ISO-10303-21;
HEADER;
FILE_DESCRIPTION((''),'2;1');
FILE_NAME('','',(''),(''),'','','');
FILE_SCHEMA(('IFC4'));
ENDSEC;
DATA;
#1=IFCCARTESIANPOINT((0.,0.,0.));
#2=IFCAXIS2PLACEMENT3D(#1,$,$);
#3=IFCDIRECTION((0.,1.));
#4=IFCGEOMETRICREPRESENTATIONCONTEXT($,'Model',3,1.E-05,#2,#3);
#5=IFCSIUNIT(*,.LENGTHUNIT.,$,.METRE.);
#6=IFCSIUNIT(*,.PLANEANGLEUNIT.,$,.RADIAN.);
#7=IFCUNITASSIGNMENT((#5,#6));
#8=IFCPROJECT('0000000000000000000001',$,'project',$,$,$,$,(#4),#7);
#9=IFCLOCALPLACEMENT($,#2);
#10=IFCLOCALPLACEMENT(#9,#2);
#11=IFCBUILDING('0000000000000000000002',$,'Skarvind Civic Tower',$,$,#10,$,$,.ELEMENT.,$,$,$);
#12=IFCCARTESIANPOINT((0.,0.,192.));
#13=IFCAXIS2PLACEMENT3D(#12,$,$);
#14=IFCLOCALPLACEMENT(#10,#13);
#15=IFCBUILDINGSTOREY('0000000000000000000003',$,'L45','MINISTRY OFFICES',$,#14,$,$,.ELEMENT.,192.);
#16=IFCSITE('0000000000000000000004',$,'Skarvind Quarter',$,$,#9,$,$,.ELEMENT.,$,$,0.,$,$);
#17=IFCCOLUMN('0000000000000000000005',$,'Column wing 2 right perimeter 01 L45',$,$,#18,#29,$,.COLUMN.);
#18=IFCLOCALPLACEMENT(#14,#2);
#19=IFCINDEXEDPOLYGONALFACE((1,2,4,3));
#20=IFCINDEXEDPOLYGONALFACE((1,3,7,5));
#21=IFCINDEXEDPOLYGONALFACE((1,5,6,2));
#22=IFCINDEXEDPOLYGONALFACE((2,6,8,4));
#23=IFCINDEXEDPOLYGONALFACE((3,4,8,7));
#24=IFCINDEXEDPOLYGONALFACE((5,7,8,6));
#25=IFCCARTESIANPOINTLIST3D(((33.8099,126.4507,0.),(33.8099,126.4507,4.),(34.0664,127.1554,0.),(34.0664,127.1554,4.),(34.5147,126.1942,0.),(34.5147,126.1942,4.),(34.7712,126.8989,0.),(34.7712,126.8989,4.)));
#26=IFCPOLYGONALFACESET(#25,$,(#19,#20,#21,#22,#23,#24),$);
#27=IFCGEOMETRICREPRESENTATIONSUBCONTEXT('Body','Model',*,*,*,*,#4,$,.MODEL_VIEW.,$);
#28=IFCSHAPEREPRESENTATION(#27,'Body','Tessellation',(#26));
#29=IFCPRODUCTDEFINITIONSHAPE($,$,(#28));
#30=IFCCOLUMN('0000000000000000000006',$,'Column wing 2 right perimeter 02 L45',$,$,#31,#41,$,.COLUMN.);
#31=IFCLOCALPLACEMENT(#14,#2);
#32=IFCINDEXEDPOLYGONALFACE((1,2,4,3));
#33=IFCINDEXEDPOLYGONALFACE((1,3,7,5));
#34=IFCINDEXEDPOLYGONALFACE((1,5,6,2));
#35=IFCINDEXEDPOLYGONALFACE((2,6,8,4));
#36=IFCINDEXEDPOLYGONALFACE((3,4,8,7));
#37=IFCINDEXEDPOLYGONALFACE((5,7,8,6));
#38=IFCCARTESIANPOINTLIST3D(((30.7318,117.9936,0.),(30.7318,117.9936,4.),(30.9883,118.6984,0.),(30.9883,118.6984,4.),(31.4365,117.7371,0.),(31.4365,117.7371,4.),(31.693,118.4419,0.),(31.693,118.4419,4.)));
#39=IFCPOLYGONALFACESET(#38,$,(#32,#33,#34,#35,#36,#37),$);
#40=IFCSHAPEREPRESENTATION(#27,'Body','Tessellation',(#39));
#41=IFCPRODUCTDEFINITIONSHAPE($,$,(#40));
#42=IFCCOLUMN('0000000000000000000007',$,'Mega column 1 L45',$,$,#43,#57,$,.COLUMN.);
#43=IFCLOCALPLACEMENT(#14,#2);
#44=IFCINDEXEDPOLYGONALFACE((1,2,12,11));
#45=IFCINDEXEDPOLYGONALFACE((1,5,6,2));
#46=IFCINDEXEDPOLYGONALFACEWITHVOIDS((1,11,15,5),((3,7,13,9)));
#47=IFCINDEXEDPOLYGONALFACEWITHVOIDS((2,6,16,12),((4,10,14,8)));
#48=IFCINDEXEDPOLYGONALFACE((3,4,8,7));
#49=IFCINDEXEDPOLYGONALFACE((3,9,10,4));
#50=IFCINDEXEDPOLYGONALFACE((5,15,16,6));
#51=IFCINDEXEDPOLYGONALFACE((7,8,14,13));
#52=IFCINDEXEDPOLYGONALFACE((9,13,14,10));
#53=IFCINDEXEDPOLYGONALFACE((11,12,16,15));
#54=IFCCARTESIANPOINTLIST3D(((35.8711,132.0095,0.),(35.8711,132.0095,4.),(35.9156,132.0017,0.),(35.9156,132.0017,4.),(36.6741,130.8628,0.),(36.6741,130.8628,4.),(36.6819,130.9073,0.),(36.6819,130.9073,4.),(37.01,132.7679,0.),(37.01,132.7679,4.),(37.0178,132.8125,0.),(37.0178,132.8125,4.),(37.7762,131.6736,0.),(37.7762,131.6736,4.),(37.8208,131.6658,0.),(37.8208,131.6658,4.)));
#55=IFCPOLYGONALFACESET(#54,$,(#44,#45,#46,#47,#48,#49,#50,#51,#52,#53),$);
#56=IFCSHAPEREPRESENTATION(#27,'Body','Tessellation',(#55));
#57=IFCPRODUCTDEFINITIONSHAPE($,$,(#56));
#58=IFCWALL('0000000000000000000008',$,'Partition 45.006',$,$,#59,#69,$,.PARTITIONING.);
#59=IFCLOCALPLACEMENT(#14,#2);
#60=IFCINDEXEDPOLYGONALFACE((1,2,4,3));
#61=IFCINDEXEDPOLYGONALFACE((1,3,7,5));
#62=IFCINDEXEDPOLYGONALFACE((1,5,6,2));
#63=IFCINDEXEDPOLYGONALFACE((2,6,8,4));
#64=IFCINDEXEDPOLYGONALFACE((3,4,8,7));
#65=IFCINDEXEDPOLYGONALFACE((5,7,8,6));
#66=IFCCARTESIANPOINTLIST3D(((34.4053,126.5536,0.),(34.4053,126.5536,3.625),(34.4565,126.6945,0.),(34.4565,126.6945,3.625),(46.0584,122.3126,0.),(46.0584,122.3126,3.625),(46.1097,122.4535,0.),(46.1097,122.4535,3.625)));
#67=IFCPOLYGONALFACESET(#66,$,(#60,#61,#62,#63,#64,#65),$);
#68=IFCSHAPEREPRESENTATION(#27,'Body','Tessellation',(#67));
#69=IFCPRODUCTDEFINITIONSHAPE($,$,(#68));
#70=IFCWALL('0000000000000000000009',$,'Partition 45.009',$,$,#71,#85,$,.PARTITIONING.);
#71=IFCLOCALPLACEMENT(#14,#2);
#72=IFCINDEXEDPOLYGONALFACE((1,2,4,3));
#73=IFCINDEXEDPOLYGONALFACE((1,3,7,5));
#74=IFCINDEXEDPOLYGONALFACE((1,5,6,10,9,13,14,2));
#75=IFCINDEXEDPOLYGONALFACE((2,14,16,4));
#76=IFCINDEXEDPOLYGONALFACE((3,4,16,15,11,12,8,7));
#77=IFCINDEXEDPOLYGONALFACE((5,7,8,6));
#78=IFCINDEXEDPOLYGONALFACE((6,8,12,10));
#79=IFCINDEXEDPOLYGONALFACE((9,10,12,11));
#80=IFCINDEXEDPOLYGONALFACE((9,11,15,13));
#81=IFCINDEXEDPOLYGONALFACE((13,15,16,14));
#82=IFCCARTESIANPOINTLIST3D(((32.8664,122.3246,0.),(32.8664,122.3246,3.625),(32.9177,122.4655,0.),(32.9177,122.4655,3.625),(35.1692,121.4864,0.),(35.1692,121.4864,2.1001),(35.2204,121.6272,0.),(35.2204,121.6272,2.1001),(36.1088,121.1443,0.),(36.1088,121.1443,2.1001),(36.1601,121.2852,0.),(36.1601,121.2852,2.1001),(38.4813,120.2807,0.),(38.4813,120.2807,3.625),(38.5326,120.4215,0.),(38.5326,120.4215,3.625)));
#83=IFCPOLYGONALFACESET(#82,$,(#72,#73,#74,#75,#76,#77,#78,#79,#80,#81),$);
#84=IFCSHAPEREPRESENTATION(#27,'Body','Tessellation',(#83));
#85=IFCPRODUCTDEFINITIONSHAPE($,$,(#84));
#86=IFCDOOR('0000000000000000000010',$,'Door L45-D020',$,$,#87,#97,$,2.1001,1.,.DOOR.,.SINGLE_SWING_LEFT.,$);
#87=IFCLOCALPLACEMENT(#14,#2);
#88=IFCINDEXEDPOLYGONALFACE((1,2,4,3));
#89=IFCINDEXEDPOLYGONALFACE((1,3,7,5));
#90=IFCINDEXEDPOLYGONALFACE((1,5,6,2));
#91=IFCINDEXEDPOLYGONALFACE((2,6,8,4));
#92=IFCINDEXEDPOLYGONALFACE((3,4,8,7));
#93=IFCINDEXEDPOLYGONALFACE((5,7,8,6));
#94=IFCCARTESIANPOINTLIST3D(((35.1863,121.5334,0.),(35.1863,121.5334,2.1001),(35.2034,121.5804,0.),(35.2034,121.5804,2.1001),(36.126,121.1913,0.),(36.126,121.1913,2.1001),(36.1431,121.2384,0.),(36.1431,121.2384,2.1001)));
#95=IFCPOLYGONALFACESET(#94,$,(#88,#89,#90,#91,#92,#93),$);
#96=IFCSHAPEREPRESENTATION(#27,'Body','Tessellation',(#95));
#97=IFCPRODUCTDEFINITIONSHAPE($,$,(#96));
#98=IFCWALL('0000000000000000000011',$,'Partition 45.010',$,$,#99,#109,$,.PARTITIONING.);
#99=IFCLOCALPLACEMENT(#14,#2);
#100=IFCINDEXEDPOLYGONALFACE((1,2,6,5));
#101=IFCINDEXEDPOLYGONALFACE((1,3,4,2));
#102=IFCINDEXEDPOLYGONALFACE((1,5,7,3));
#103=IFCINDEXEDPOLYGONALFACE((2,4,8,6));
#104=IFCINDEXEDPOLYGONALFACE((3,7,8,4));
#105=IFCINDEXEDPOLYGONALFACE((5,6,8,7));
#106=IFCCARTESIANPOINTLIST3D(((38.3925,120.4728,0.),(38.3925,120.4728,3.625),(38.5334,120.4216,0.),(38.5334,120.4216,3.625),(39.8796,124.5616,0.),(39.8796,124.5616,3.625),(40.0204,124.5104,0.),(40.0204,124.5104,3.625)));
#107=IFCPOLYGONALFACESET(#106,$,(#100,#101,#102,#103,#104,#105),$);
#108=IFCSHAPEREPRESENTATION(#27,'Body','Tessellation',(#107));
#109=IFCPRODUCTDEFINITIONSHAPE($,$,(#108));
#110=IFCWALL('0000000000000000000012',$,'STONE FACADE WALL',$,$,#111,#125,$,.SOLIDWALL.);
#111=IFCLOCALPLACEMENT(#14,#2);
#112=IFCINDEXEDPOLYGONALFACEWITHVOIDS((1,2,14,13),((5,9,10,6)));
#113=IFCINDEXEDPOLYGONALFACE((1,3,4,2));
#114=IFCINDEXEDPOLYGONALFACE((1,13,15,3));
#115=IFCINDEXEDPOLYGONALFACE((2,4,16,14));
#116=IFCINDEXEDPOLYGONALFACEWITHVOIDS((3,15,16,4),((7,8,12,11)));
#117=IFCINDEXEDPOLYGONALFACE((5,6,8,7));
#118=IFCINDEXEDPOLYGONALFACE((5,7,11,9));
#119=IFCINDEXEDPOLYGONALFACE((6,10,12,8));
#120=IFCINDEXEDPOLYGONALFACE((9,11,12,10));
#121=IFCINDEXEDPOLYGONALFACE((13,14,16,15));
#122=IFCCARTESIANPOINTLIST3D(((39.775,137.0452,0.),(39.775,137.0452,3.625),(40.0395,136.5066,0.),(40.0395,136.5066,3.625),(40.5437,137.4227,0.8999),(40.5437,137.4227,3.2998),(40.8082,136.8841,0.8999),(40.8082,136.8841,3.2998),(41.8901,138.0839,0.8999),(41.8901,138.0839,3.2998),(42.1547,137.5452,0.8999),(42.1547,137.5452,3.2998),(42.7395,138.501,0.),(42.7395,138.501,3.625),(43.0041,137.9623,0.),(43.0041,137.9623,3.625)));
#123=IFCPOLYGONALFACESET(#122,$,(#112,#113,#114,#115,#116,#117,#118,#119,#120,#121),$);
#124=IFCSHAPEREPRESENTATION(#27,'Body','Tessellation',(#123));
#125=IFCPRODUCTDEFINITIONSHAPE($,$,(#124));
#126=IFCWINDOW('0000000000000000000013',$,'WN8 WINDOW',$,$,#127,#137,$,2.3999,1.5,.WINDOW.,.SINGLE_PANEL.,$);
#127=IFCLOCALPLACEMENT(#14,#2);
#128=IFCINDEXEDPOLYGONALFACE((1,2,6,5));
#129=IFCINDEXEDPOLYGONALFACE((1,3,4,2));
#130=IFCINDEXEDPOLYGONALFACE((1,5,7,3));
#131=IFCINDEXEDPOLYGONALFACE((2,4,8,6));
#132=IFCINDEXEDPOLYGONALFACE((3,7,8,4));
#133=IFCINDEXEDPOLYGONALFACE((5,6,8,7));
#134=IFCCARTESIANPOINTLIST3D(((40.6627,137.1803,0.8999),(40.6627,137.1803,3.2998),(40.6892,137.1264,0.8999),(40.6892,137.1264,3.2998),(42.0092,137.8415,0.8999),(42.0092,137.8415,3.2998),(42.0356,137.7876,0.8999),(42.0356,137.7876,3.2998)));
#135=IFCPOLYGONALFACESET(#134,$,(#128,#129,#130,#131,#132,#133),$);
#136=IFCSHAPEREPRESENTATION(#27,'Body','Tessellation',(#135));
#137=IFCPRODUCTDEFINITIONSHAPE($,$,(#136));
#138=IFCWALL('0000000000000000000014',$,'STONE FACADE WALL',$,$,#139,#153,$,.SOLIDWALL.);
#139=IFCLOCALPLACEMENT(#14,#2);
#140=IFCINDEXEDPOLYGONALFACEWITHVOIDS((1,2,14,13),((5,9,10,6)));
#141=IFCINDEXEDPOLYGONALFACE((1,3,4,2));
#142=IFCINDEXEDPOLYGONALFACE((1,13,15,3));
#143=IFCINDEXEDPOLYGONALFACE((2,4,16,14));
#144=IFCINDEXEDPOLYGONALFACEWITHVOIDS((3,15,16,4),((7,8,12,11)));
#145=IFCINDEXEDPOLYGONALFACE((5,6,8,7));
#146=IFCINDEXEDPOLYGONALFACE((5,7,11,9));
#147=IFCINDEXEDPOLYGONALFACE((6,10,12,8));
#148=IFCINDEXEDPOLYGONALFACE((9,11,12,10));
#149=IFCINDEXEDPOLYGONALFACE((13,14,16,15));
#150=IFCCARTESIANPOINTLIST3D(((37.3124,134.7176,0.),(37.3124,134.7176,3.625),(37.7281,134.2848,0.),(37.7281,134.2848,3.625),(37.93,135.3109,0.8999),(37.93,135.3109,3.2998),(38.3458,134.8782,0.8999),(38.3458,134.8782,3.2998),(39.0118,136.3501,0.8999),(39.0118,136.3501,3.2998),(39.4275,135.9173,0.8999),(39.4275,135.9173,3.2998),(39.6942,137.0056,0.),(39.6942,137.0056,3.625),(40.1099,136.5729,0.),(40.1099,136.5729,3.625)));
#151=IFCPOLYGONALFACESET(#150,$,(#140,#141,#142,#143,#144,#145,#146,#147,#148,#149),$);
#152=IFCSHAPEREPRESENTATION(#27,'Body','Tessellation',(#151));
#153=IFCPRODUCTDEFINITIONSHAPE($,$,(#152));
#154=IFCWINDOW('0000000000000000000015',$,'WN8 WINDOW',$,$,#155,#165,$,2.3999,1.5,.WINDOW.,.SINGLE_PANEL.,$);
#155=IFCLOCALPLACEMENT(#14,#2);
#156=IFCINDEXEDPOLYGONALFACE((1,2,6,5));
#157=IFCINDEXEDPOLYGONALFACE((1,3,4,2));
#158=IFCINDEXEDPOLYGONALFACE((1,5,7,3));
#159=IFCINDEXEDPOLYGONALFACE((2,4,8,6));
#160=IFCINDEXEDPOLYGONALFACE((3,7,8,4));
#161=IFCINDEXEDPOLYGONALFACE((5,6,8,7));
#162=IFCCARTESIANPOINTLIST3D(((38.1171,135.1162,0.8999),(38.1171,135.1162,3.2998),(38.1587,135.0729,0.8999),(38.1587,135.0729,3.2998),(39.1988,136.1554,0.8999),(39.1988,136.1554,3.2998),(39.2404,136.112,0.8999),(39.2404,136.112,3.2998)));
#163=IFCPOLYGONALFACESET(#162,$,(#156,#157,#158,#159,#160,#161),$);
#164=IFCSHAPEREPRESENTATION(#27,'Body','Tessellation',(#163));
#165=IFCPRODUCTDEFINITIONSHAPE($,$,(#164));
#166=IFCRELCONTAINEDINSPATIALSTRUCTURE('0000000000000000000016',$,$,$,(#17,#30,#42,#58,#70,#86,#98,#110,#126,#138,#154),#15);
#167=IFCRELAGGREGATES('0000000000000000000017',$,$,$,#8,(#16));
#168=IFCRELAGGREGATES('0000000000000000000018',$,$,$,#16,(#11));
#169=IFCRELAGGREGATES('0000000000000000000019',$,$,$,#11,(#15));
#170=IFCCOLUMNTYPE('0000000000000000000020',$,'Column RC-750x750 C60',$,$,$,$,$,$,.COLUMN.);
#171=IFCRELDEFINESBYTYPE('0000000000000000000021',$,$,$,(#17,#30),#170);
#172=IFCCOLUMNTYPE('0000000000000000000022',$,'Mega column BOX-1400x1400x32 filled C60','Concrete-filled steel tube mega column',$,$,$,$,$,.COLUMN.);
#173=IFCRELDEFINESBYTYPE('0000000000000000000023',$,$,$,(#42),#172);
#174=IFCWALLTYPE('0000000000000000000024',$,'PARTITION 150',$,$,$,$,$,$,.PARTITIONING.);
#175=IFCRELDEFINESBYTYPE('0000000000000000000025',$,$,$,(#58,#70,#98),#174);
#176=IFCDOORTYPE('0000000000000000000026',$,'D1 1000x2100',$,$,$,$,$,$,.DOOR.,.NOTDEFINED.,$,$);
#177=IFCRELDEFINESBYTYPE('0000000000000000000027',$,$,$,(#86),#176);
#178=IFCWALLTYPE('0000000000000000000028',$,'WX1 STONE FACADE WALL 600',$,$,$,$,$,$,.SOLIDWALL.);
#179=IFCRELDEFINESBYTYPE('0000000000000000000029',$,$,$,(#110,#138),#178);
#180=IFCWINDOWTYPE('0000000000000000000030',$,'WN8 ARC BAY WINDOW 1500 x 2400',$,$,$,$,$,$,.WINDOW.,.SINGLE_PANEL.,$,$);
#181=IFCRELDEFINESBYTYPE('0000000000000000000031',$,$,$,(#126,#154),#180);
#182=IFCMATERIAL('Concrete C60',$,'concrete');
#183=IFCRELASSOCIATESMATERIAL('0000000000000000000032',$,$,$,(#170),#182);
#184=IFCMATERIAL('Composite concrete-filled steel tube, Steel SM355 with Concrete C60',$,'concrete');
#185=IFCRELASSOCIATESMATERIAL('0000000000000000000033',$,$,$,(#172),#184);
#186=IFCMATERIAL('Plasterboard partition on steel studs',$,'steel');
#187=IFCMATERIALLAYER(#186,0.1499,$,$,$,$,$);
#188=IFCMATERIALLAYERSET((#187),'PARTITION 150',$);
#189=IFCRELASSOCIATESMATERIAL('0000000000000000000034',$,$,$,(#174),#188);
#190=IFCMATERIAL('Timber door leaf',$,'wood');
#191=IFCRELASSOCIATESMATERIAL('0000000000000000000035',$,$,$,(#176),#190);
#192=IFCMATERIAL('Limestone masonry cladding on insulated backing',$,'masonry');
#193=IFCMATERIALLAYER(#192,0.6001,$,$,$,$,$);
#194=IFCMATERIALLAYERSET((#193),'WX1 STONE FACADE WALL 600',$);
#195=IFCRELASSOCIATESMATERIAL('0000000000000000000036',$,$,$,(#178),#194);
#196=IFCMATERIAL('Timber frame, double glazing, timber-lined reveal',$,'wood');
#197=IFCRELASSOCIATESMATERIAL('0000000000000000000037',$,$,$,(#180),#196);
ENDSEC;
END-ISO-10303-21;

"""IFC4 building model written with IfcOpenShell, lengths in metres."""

from ifc_helpers import new_model, si_unit, direction, frame, frame_2d, origin, origin_2d, place, context, subcontext, project, spatial, rectangle, hollow_rectangle, extrude, material, layer, layer_set, material_profile, profile_set, type_object, element, fill, save


model = new_model("IFC4")

# Units and contexts
model_context = context("Model", 3, precision=1e-05, world=origin(), true_north=direction((0.0, 1.0)))
body_context = subcontext(model_context, "Body", "Model", "MODEL_VIEW")
ifc_project = project(units=[si_unit("LENGTHUNIT", "METRE"), si_unit("PLANEANGLEUNIT", "RADIAN")], contexts=[model_context])

# Site, building, storey
site_placement = place(None, origin())
site = spatial("IfcSite", under=ifc_project, at=site_placement, Name="Skarvind Quarter", CompositionType="ELEMENT", RefElevation=0.0)
building_placement = place(site_placement, origin())
building = spatial("IfcBuilding", under=site, at=building_placement, Name="Skarvind Civic Tower", CompositionType="ELEMENT")
storey_placement = place(building_placement, frame((0.0, 0.0, 192.0)))
storey = spatial("IfcBuildingStorey", under=building, at=storey_placement, Name="L45", Description="MINISTRY OFFICES", CompositionType="ELEMENT", Elevation=192.0)

# Columns
ifc_material_1 = material(Name="Concrete C60", Category="concrete")
ifc_material_profile_1 = material_profile(ifc_material_1, rectangle(XDim=0.75, YDim=0.75, at=origin_2d()), Name="RC-750x750")
ifc_profile_set_1 = profile_set([ifc_material_profile_1], Name="Concrete C60")
column_type_1 = type_object("IfcColumnType", Name="Column RC-750x750 C60", PredefinedType="COLUMN", material=ifc_profile_set_1)
for number, where, z_axis, x_axis, name in (
    (1, (34.2905, 126.6748, 0.0), (0.0, 0.0, 1.0), (-0.34202, -0.939693, 0.0), "Column wing 2 right perimeter 01 L45"),
    (2, (31.2124, 118.2178, 0.0), (0.0, 0.0, 1.0), (-0.34202, -0.939693, 0.0), "Column wing 2 right perimeter 02 L45"),
):
    element("IfcColumn", number, at=place(storey_placement, frame(where, z_axis=z_axis, x_axis=x_axis)), inside=storey, type_object=column_type_1, Name=name, PredefinedType="COLUMN", context=body_context, shape_type="SweptSolid", body=[
        extrude(rectangle(XDim=0.75, YDim=0.75, at=origin_2d()), origin(), (0.0, 0.0, 1.0), 4.0),
    ])
ifc_material_2 = material(Name="Composite concrete-filled steel tube, Steel SM355 with Concrete C60", Category="concrete")
ifc_material_profile_2 = material_profile(ifc_material_2, hollow_rectangle(XDim=1.3999, YDim=1.3999, WallThickness=0.032, at=origin_2d()), Name="BOX-1400x1400x32")
ifc_profile_set_2 = profile_set([ifc_material_profile_2], Name="Composite concrete-filled steel tube, Steel SM355 with Concrete C60")
column_type_2 = type_object("IfcColumnType", Name="Mega column BOX-1400x1400x32 filled C60", Description="Concrete-filled steel tube mega column", PredefinedType="COLUMN", material=ifc_profile_set_2)
column_placement = place(storey_placement, frame((36.8459, 131.8376, 0.0), z_axis=(0.0, 0.0, 1.0), x_axis=(0.573576, -0.819152, 0.0)))
element("IfcColumn", 3, at=column_placement, inside=storey, type_object=column_type_2, Name="Mega column 1 L45", PredefinedType="COLUMN", context=body_context, shape_type="SweptSolid", body=[
    extrude(hollow_rectangle(XDim=1.3999, YDim=1.3999, WallThickness=0.032, at=origin_2d()), origin(), (0.0, 0.0, 1.0), 4.0),
])

# Wall
ifc_material_3 = material(Name="Plasterboard partition on steel studs", Category="steel")
ifc_layer_1 = layer(ifc_material_3, 0.1499)
ifc_layer_set_1 = layer_set([ifc_layer_1], Name="PARTITION 150")
wall_type_1 = type_object("IfcWallType", Name="PARTITION 150", PredefinedType="PARTITIONING", material=ifc_layer_set_1)
wall_1_placement = place(storey_placement, frame((34.4309, 126.624, 0.0), z_axis=(0.0, 0.0, 1.0), x_axis=(0.939703, -0.341991, 0.0)))
element("IfcWall", 4, at=wall_1_placement, inside=storey, type_object=wall_type_1, Name="Partition 45.006", PredefinedType="PARTITIONING", context=body_context, shape_type="SweptSolid", body=[
    extrude(rectangle(XDim=12.4009, YDim=0.1499, at=frame_2d((6.2004, 0.0))), origin(), (0.0, 0.0, 1.0), 3.625),
])

# Wall, opening, door
wall_2_placement = place(storey_placement, frame((38.5071, 120.3511, 0.0), z_axis=(0.0, 0.0, 1.0), x_axis=(-0.939679, 0.342058, 0.0)))
wall_2 = element("IfcWall", 5, at=wall_2_placement, inside=storey, type_object=wall_type_1, Name="Partition 45.009", PredefinedType="PARTITIONING", context=body_context, shape_type="SweptSolid", body=[
    extrude(rectangle(XDim=5.9753, YDim=0.1499, at=frame_2d((2.9878, 0.0))), origin(), (0.0, 0.0, 1.0), 3.625),
])
opening_1_placement = place(wall_2_placement, frame((2.5249, 0.0, 0.0)))
opening_1 = element("IfcOpeningElement", 6, at=opening_1_placement, cuts=wall_2, PredefinedType="OPENING", context=body_context, shape_type="SweptSolid", body=[
    extrude(rectangle(XDim=1.0, YDim=2.1001, at=frame_2d((0.5, 1.05))), frame((0.0, 0.085, 0.0), z_axis=(0.0, -1.0, 0.0), x_axis=(1.0, 0.0, 0.0)), (0.0, 0.0, 1.0), 0.1699),
])
ifc_material_4 = material(Name="Timber door leaf", Category="wood")
door_type = type_object("IfcDoorType", Name="D1 1000x2100", OperationType="NOTDEFINED", PredefinedType="DOOR", material=ifc_material_4)
door_placement = place(opening_1_placement, origin())
door = element("IfcDoor", 7, at=door_placement, inside=storey, type_object=door_type, Name="Door L45-D020", OperationType="SINGLE_SWING_LEFT", OverallHeight=2.1001, OverallWidth=1.0, PredefinedType="DOOR", context=body_context, shape_type="SweptSolid", body=[
    extrude(rectangle(XDim=1.0, YDim=2.1001, at=frame_2d((0.5, 1.05))), frame((0.0, 0.0249, 0.0), z_axis=(0.0, -1.0, 0.0), x_axis=(1.0, 0.0, 0.0)), (0.0, 0.0, 1.0), 0.05),
])
fill(opening_1, door)

# Wall
wall_3_placement = place(storey_placement, frame((39.95, 124.5359, 0.0), z_axis=(0.0, 0.0, 1.0), x_axis=(-0.341784, -0.939779, 0.0)))
element("IfcWall", 8, at=wall_3_placement, inside=storey, type_object=wall_type_1, Name="Partition 45.010", PredefinedType="PARTITIONING", context=body_context, shape_type="SweptSolid", body=[
    extrude(rectangle(XDim=4.3508, YDim=0.1499, at=frame_2d((2.1753, 0.0))), origin(), (0.0, 0.0, 1.0), 3.625),
])

# Walls, openings, windows
ifc_material_5 = material(Name="Limestone masonry cladding on insulated backing", Category="masonry")
ifc_layer_2 = layer(ifc_material_5, 0.6001)
ifc_layer_set_2 = layer_set([ifc_layer_2], Name="WX1 STONE FACADE WALL 600")
wall_type_2 = type_object("IfcWallType", Name="WX1 STONE FACADE WALL 600", PredefinedType="SOLIDWALL", material=ifc_layer_set_2)
wall_4_placement = place(storey_placement, frame((39.9072, 136.7759, 0.0), z_axis=(0.0, 0.0, 1.0), x_axis=(0.897612, 0.440786, 0.0)))
wall_4 = element("IfcWall", 9, at=wall_4_placement, inside=storey, type_object=wall_type_2, Name="STONE FACADE WALL", PredefinedType="SOLIDWALL", context=body_context, shape_type="SweptSolid", body=[
    extrude(rectangle(XDim=3.3027, YDim=0.6001, at=frame_2d((1.6514, 0.0))), origin(), (0.0, 0.0, 1.0), 3.625),
])
opening_2_placement = place(wall_4_placement, frame((0.8564, 0.0, 0.8999)))
opening_2 = element("IfcOpeningElement", 10, at=opening_2_placement, cuts=wall_4, PredefinedType="OPENING", context=body_context, shape_type="SweptSolid", body=[
    extrude(rectangle(XDim=1.5, YDim=2.3999, at=frame_2d((0.75, 1.2))), frame((0.0, 0.3101, 0.0), z_axis=(0.0, -1.0, 0.0), x_axis=(1.0, 0.0, 0.0)), (0.0, 0.0, 1.0), 0.6201),
])
ifc_material_6 = material(Name="Timber frame, double glazing, timber-lined reveal", Category="wood")
window_type = type_object("IfcWindowType", Name="WN8 ARC BAY WINDOW 1500 x 2400", PartitioningType="SINGLE_PANEL", PredefinedType="WINDOW", material=ifc_material_6)
window_1_placement = place(opening_2_placement, origin())
window_1 = element("IfcWindow", 11, at=window_1_placement, inside=storey, type_object=window_type, Name="WN8 WINDOW", OverallHeight=2.3999, OverallWidth=1.5, PartitioningType="SINGLE_PANEL", PredefinedType="WINDOW", context=body_context, shape_type="SweptSolid", body=[
    extrude(rectangle(XDim=1.5, YDim=2.3999, at=frame_2d((0.75, 1.2))), frame((0.0, 0.03, 0.0), z_axis=(0.0, -1.0, 0.0), x_axis=(1.0, 0.0, 0.0)), (0.0, 0.0, 1.0), 0.0601),
])
fill(opening_2, window_1)
wall_5_placement = place(storey_placement, frame((37.5203, 134.5012, 0.0), z_axis=(0.0, 0.0, 1.0), x_axis=(0.721157, 0.692772, 0.0)))
wall_5 = element("IfcWall", 12, at=wall_5_placement, inside=storey, type_object=wall_type_2, Name="STONE FACADE WALL", PredefinedType="SOLIDWALL", context=body_context, shape_type="SweptSolid", body=[
    extrude(rectangle(XDim=3.3027, YDim=0.6001, at=frame_2d((1.6514, 0.0))), origin(), (0.0, 0.0, 1.0), 3.625),
])
opening_3_placement = place(wall_5_placement, frame((0.8564, 0.0, 0.8999)))
opening_3 = element("IfcOpeningElement", 13, at=opening_3_placement, cuts=wall_5, PredefinedType="OPENING", context=body_context, shape_type="SweptSolid", body=[
    extrude(rectangle(XDim=1.5, YDim=2.3999, at=frame_2d((0.75, 1.2))), frame((0.0, 0.3101, 0.0), z_axis=(0.0, -1.0, 0.0), x_axis=(1.0, 0.0, 0.0)), (0.0, 0.0, 1.0), 0.6201),
])
window_2_placement = place(opening_3_placement, origin())
window_2 = element("IfcWindow", 14, at=window_2_placement, inside=storey, type_object=window_type, Name="WN8 WINDOW", OverallHeight=2.3999, OverallWidth=1.5, PartitioningType="SINGLE_PANEL", PredefinedType="WINDOW", context=body_context, shape_type="SweptSolid", body=[
    extrude(rectangle(XDim=1.5, YDim=2.3999, at=frame_2d((0.75, 1.2))), frame((0.0, 0.03, 0.0), z_axis=(0.0, -1.0, 0.0), x_axis=(1.0, 0.0, 0.0)), (0.0, 0.0, 1.0), 0.0601),
])
fill(opening_3, window_2)

save(model, "model.ifc")
